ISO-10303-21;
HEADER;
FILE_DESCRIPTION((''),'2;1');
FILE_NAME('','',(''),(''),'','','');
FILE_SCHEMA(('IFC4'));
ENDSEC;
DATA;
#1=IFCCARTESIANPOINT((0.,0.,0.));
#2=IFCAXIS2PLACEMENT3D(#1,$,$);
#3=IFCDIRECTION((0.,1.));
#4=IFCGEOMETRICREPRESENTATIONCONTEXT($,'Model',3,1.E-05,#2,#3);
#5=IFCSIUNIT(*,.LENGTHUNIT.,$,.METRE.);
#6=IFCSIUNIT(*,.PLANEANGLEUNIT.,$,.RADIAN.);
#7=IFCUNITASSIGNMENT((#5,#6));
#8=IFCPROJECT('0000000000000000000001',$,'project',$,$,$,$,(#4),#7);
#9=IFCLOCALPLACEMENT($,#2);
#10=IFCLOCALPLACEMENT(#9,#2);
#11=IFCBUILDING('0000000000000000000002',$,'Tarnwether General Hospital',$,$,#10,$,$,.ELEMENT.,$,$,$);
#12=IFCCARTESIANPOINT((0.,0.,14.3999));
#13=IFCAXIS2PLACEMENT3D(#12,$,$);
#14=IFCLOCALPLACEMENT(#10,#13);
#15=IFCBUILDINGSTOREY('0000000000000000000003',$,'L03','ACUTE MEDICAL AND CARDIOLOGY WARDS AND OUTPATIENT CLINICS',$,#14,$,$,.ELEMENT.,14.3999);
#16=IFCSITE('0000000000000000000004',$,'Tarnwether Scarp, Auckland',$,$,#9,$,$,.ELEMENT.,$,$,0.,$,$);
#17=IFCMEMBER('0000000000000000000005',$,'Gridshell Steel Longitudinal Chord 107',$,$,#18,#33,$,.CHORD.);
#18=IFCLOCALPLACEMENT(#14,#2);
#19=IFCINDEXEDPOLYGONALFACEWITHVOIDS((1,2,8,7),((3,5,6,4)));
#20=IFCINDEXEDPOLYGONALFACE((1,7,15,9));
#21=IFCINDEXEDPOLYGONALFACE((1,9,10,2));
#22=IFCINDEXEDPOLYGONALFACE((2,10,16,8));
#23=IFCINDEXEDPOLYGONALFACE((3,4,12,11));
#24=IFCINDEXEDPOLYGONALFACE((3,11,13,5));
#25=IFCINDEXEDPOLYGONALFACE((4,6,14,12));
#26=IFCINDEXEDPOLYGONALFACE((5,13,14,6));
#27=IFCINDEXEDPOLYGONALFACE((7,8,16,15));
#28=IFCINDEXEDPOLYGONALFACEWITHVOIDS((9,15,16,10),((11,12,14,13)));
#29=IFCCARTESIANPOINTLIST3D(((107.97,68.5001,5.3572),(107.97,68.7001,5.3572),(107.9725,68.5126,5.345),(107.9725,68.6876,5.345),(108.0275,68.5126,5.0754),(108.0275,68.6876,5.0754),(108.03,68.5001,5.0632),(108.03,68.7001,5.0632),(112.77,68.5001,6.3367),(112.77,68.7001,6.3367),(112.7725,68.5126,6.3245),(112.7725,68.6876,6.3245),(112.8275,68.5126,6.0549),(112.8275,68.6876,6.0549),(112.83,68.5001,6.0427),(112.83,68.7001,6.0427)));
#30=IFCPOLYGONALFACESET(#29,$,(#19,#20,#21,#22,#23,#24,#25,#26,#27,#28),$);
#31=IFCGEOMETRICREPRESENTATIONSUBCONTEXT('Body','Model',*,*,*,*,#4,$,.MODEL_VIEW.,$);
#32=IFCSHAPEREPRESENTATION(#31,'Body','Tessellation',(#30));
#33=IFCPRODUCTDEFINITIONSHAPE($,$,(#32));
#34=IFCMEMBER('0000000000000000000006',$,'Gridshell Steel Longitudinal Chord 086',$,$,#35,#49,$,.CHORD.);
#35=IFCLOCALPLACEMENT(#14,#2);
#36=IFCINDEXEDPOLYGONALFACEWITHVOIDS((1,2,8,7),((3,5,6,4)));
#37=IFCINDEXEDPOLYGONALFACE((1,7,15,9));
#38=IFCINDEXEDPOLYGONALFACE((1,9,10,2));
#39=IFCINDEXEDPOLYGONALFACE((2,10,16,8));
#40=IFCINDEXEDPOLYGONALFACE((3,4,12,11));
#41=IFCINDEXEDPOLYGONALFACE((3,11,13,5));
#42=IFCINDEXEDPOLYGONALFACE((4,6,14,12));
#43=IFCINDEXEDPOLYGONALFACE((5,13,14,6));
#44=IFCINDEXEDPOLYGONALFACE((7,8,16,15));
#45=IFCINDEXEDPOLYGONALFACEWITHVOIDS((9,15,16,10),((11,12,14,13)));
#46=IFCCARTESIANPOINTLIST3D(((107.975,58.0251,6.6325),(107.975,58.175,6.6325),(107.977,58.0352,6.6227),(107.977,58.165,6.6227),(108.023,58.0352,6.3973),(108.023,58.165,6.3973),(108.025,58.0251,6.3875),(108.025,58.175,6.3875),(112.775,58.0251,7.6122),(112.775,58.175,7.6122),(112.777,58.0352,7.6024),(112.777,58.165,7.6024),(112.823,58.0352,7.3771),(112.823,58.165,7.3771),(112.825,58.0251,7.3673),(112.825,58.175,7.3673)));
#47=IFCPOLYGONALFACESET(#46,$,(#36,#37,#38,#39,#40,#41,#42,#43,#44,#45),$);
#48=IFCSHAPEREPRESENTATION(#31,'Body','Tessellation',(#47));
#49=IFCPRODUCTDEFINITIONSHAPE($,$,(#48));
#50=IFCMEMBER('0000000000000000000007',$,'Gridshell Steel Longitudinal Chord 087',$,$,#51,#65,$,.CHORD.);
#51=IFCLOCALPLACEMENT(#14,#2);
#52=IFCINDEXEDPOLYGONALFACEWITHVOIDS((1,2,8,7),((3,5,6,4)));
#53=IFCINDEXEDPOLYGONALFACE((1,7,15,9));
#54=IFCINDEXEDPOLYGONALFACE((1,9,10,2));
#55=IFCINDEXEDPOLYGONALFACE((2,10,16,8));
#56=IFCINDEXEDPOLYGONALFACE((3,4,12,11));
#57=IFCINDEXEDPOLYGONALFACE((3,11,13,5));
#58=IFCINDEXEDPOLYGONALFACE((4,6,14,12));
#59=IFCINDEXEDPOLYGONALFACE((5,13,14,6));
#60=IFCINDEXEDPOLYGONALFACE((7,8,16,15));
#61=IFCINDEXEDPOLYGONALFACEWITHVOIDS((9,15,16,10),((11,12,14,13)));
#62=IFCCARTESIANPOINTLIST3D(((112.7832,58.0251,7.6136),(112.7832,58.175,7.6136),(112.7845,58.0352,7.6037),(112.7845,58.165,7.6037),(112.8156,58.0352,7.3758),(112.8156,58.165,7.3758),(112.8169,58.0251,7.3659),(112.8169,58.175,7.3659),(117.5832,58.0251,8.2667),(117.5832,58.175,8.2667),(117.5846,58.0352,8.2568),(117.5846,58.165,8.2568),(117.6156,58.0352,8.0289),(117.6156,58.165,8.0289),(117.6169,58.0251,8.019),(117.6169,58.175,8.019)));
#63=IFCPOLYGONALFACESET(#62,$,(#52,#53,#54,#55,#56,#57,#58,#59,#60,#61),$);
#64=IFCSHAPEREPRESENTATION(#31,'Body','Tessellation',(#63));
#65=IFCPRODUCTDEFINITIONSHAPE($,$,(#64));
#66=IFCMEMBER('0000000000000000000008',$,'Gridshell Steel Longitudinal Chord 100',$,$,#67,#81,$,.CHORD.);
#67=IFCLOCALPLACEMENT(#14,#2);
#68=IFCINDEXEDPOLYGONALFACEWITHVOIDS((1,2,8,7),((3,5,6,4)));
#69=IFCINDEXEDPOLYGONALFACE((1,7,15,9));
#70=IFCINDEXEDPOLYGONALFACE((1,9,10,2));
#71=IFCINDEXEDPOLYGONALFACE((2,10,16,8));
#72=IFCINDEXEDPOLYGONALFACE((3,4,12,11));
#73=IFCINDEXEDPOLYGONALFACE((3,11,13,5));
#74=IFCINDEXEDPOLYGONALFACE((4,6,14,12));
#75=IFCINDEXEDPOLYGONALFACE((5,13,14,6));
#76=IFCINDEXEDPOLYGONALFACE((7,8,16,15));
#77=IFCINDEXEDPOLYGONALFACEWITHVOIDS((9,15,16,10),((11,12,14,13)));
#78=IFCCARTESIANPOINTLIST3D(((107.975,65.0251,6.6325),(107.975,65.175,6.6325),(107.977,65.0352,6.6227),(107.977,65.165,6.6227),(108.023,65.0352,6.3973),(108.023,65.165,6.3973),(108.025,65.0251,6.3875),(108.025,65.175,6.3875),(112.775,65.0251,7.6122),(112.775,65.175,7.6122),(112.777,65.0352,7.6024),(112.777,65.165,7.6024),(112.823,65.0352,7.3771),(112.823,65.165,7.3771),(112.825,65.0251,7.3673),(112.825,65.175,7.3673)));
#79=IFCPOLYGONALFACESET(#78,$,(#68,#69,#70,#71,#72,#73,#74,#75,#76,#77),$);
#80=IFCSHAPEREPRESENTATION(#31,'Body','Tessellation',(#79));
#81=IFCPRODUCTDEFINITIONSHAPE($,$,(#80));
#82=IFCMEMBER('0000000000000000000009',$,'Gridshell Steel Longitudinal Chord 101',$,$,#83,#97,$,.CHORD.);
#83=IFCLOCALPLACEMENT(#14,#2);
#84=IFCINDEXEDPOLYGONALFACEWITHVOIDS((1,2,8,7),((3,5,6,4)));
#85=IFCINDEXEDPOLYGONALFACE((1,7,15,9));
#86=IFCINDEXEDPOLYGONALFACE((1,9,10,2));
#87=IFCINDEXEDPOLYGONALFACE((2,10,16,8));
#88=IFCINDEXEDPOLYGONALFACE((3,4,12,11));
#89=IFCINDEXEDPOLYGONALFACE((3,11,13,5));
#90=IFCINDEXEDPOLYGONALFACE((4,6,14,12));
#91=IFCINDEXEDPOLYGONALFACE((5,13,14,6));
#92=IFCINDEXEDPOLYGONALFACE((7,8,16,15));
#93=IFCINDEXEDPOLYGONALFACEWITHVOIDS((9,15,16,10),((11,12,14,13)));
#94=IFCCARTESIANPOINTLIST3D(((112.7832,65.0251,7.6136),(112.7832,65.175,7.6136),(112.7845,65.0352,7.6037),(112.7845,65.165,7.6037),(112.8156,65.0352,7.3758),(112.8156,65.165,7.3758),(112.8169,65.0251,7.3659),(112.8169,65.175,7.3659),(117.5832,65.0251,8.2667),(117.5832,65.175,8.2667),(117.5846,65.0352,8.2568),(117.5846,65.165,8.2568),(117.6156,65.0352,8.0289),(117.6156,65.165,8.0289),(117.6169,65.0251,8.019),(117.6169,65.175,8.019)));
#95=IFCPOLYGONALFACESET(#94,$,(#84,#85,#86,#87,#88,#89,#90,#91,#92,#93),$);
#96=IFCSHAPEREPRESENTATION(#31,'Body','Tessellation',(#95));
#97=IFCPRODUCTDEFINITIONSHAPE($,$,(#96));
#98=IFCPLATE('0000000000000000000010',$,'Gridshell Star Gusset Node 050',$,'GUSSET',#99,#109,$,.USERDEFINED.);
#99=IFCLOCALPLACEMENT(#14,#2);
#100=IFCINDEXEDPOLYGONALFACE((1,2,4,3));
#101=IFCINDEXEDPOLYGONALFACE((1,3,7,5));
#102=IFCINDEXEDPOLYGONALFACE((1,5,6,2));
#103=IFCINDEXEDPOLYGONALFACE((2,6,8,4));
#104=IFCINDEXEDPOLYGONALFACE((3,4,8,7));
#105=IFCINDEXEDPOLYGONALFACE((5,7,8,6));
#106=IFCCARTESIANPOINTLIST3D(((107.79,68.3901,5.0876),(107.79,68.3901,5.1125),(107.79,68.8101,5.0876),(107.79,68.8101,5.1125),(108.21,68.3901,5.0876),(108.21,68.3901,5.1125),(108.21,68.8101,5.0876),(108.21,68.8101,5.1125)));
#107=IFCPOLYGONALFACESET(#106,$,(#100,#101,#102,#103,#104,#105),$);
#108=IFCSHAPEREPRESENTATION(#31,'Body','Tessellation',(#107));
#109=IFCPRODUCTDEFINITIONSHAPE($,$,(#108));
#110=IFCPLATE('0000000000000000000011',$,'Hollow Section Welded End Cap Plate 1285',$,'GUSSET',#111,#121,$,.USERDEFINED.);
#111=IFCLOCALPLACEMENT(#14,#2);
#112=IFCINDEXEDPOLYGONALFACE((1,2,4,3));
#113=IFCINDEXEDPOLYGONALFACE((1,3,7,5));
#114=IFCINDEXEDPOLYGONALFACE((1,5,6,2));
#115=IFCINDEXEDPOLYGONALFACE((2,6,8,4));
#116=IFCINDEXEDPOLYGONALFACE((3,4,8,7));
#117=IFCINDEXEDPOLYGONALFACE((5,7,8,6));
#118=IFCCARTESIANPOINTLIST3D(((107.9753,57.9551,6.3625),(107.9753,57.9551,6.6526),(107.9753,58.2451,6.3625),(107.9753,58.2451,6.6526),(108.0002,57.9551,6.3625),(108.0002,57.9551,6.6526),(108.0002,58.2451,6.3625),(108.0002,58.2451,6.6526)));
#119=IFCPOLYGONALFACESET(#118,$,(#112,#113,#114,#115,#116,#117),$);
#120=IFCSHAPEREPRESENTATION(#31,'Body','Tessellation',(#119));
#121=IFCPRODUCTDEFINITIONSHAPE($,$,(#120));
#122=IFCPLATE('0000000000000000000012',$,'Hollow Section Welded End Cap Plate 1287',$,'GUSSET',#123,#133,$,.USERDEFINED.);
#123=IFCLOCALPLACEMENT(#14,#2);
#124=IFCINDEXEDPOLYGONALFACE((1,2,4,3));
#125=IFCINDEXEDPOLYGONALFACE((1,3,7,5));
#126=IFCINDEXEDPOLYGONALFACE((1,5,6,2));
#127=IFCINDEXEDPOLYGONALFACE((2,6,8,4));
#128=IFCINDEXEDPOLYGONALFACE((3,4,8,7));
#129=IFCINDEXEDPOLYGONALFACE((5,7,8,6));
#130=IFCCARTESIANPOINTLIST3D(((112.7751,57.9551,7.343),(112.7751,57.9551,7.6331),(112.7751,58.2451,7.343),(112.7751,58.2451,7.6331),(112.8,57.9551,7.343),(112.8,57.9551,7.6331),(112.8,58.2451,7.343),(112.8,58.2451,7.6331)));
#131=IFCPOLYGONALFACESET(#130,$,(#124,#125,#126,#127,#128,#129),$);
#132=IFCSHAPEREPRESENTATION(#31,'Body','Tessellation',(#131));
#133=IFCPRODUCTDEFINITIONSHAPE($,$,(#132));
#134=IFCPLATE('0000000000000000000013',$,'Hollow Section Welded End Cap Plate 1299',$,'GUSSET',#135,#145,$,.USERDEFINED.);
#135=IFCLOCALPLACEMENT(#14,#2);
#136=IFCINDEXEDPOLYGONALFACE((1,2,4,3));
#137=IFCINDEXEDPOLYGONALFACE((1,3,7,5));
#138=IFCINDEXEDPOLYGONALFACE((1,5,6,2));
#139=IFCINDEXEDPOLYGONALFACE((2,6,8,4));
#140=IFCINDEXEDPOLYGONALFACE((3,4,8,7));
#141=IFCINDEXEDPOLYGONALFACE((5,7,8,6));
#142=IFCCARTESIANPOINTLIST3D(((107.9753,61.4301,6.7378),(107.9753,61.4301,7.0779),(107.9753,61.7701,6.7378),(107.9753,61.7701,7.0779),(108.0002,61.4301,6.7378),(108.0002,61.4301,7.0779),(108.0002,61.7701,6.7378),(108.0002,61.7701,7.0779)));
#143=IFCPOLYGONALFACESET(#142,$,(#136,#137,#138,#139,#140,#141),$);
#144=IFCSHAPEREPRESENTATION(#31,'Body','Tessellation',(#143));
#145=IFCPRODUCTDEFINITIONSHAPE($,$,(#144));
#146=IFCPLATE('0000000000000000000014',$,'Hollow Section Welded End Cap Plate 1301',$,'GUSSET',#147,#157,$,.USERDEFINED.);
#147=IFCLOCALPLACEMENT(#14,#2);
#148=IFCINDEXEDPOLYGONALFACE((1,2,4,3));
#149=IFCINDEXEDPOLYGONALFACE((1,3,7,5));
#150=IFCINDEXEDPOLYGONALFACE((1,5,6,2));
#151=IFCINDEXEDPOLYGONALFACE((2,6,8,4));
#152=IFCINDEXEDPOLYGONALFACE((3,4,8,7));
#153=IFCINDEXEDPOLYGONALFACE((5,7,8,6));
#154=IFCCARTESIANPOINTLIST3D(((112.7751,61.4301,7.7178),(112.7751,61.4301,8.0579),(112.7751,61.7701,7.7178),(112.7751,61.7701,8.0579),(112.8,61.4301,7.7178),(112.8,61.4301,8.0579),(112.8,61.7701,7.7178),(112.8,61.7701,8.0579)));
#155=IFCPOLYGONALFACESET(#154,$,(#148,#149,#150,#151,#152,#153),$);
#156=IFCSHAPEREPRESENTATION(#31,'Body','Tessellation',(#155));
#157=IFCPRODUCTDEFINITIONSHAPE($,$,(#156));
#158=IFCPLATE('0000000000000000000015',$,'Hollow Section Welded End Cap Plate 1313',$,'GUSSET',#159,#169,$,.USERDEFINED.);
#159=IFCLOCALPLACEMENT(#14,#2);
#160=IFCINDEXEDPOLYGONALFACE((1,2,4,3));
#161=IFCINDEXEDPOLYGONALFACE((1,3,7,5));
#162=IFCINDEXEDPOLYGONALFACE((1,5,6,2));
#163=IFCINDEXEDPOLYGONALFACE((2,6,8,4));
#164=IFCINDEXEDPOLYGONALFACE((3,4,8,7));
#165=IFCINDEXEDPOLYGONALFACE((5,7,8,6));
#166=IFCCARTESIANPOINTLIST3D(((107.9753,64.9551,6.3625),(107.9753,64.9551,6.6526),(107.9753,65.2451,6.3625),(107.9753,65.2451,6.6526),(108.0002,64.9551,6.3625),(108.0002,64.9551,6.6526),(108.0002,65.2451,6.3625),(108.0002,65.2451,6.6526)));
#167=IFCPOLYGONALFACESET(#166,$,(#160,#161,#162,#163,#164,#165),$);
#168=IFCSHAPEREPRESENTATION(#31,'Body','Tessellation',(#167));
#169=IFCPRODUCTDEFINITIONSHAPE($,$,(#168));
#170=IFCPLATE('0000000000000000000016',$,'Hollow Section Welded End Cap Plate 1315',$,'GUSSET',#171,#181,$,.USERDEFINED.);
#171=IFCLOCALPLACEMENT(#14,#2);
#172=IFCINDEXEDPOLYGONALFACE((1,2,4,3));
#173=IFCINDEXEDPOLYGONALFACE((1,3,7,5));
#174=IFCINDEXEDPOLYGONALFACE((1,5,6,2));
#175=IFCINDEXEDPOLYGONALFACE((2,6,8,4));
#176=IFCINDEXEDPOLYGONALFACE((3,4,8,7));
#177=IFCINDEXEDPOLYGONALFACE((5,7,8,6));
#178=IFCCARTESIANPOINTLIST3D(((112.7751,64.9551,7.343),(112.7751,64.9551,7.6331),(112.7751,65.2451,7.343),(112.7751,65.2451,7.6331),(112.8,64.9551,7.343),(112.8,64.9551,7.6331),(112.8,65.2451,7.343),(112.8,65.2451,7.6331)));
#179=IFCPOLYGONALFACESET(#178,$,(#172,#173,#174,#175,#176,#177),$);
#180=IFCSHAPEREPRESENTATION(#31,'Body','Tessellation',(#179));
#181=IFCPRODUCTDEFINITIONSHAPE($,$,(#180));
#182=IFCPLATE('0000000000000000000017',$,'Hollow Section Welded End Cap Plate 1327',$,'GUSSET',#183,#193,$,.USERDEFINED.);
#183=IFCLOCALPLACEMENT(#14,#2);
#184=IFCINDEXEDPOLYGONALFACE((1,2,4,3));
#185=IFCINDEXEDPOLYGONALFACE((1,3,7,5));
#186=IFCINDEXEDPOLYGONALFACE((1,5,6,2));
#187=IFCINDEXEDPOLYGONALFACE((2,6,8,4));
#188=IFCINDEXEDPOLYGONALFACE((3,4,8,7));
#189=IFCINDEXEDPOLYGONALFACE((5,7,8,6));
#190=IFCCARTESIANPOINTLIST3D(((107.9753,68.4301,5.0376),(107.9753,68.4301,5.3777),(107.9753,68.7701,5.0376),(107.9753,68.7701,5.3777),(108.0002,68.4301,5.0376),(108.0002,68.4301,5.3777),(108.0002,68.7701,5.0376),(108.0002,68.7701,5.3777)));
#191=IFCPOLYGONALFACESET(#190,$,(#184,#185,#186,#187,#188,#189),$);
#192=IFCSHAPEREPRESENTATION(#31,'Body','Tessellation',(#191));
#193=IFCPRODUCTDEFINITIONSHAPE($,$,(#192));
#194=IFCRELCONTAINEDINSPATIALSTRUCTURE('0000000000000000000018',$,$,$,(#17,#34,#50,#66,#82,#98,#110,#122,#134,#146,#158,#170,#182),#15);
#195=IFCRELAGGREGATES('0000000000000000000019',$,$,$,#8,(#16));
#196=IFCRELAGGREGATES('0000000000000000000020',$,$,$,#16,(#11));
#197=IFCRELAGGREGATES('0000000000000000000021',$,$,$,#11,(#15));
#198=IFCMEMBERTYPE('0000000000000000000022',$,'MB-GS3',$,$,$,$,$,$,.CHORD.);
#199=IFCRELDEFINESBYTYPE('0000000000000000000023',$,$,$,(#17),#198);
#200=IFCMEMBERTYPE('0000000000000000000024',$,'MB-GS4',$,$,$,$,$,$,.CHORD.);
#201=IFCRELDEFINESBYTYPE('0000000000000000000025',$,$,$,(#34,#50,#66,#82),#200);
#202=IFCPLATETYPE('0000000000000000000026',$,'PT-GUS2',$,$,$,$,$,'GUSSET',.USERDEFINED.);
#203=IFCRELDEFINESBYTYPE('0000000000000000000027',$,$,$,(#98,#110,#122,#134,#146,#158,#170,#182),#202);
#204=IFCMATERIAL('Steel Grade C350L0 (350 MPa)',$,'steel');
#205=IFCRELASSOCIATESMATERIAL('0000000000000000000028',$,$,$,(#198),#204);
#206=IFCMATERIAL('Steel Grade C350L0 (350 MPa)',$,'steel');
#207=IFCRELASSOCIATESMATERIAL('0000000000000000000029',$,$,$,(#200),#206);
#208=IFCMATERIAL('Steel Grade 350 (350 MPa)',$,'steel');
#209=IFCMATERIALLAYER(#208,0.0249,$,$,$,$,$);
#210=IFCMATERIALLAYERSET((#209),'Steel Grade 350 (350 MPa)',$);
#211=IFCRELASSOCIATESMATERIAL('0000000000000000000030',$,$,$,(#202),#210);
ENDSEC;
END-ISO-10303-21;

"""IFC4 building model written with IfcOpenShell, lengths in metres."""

from ifc_helpers import new_model, si_unit, direction, frame, origin, origin_2d, place, context, subcontext, project, spatial, rectangle, hollow_rectangle, extrude, material, layer, layer_set, material_profile, profile_set, type_object, element, save


model = new_model("IFC4")

# Units and contexts
model_context = context("Model", 3, precision=1e-05, world=origin(), true_north=direction((0.0, 1.0)))
body_context = subcontext(model_context, "Body", "Model", "MODEL_VIEW")
ifc_project = project(units=[si_unit("LENGTHUNIT", "METRE"), si_unit("PLANEANGLEUNIT", "RADIAN")], contexts=[model_context])

# Site, building, storey
site_placement = place(None, origin())
site = spatial("IfcSite", under=ifc_project, at=site_placement, Name="Tarnwether Scarp, Auckland", CompositionType="ELEMENT", RefElevation=0.0)
building_placement = place(site_placement, origin())
building = spatial("IfcBuilding", under=site, at=building_placement, Name="Tarnwether General Hospital", CompositionType="ELEMENT")
storey_placement = place(building_placement, frame((0.0, 0.0, 14.3999)))
storey = spatial("IfcBuildingStorey", under=building, at=storey_placement, Name="L03", Description="ACUTE MEDICAL AND CARDIOLOGY WARDS AND OUTPATIENT CLINICS", CompositionType="ELEMENT", Elevation=14.3999)

# Members
ifc_material_1 = material(Name="Steel Grade C350L0 (350 MPa)", Category="steel")
ifc_material_profile_1 = material_profile(ifc_material_1, hollow_rectangle(XDim=0.2, YDim=0.3, WallThickness=0.0125, at=origin_2d()), Name="RHS300x200x12.5")
ifc_profile_set_1 = profile_set([ifc_material_profile_1], Name="Steel Grade C350L0 (350 MPa)")
member_type_1 = type_object("IfcMemberType", Name="MB-GS3", PredefinedType="CHORD", material=ifc_profile_set_1)
member_1_placement = place(storey_placement, frame((108.0, 68.6001, 5.2102), z_axis=(0.979808, 0.0, 0.199939), x_axis=(0.0, 1.0, 0.0)))
element("IfcMember", 1, at=member_1_placement, inside=storey, type_object=member_type_1, Name="Gridshell Steel Longitudinal Chord 107", PredefinedType="CHORD", context=body_context, shape_type="SweptSolid", body=[
    extrude(hollow_rectangle(XDim=0.2, YDim=0.3, WallThickness=0.0125, at=origin_2d()), origin(), (0.0, 0.0, 1.0), 4.8989),
])
ifc_material_2 = material(Name="Steel Grade C350L0 (350 MPa)", Category="steel")
ifc_material_profile_2 = material_profile(ifc_material_2, hollow_rectangle(XDim=0.1499, YDim=0.25, WallThickness=0.01, at=origin_2d()), Name="RHS250x150x10")
ifc_profile_set_2 = profile_set([ifc_material_profile_2], Name="Steel Grade C350L0 (350 MPa)")
member_type_2 = type_object("IfcMemberType", Name="MB-GS4", PredefinedType="CHORD", material=ifc_profile_set_2)
member_2_placement = place(storey_placement, frame((108.0, 58.1001, 6.51), z_axis=(0.979799, 0.0, 0.199986), x_axis=(0.0, 1.0, 0.0)))
element("IfcMember", 2, at=member_2_placement, inside=storey, type_object=member_type_2, Name="Gridshell Steel Longitudinal Chord 086", PredefinedType="CHORD", context=body_context, shape_type="SweptSolid", body=[
    extrude(hollow_rectangle(XDim=0.1499, YDim=0.25, WallThickness=0.01, at=origin_2d()), origin(), (0.0, 0.0, 1.0), 4.8989),
])
member_3_placement = place(storey_placement, frame((112.8, 58.1001, 7.4897), z_axis=(0.990871, 0.0, 0.134814), x_axis=(0.0, 1.0, 0.0)))
element("IfcMember", 3, at=member_3_placement, inside=storey, type_object=member_type_2, Name="Gridshell Steel Longitudinal Chord 087", PredefinedType="CHORD", context=body_context, shape_type="SweptSolid", body=[
    extrude(hollow_rectangle(XDim=0.1499, YDim=0.25, WallThickness=0.01, at=origin_2d()), origin(), (0.0, 0.0, 1.0), 4.8442),
])
member_4_placement = place(storey_placement, frame((108.0, 65.1001, 6.51), z_axis=(0.979799, 0.0, 0.199986), x_axis=(0.0, 1.0, 0.0)))
element("IfcMember", 4, at=member_4_placement, inside=storey, type_object=member_type_2, Name="Gridshell Steel Longitudinal Chord 100", PredefinedType="CHORD", context=body_context, shape_type="SweptSolid", body=[
    extrude(hollow_rectangle(XDim=0.1499, YDim=0.25, WallThickness=0.01, at=origin_2d()), origin(), (0.0, 0.0, 1.0), 4.8989),
])
member_5_placement = place(storey_placement, frame((112.8, 65.1001, 7.4897), z_axis=(0.990871, 0.0, 0.134814), x_axis=(0.0, 1.0, 0.0)))
element("IfcMember", 5, at=member_5_placement, inside=storey, type_object=member_type_2, Name="Gridshell Steel Longitudinal Chord 101", PredefinedType="CHORD", context=body_context, shape_type="SweptSolid", body=[
    extrude(hollow_rectangle(XDim=0.1499, YDim=0.25, WallThickness=0.01, at=origin_2d()), origin(), (0.0, 0.0, 1.0), 4.8442),
])

# Plates
ifc_material_3 = material(Name="Steel Grade 350 (350 MPa)", Category="steel")
ifc_layer_1 = layer(ifc_material_3, 0.0249)
ifc_layer_set_1 = layer_set([ifc_layer_1], Name="Steel Grade 350 (350 MPa)")
plate_type = type_object("IfcPlateType", Name="PT-GUS2", ElementType="GUSSET", PredefinedType="USERDEFINED", material=ifc_layer_set_1)
plate_1_placement = place(storey_placement, frame((108.0, 68.6001, 5.0876), z_axis=(0.0, 0.0, 1.0), x_axis=(1.0, 0.0, 0.0)))
element("IfcPlate", 6, at=plate_1_placement, inside=storey, type_object=plate_type, Name="Gridshell Star Gusset Node 050", ObjectType="GUSSET", PredefinedType="USERDEFINED", context=body_context, shape_type="SweptSolid", body=[
    extrude(rectangle(XDim=0.4199, YDim=0.4199, at=origin_2d()), origin(), (0.0, 0.0, 1.0), 0.0249),
])
for number, where, z_axis, x_axis, name in (
    (7, (107.9878, 58.1001, 6.3625), (0.0, 0.0, 1.0), (1.0, 0.0, 0.0), "Hollow Section Welded End Cap Plate 1285"),
    (8, (112.7876, 58.1001, 7.343), (0.0, 0.0, 1.0), (1.0, 0.0, 0.0), "Hollow Section Welded End Cap Plate 1287"),
):
    element("IfcPlate", number, at=place(storey_placement, frame(where, z_axis=z_axis, x_axis=x_axis)), inside=storey, type_object=plate_type, Name=name, ObjectType="GUSSET", PredefinedType="USERDEFINED", context=body_context, shape_type="SweptSolid", body=[
        extrude(rectangle(XDim=0.0249, YDim=0.29, at=origin_2d()), origin(), (0.0, 0.0, 1.0), 0.29),
    ])
for number, where, z_axis, x_axis, name in (
    (9, (107.9878, 61.6001, 6.7378), (0.0, 0.0, 1.0), (1.0, 0.0, 0.0), "Hollow Section Welded End Cap Plate 1299"),
    (10, (112.7876, 61.6001, 7.7178), (0.0, 0.0, 1.0), (1.0, 0.0, 0.0), "Hollow Section Welded End Cap Plate 1301"),
):
    element("IfcPlate", number, at=place(storey_placement, frame(where, z_axis=z_axis, x_axis=x_axis)), inside=storey, type_object=plate_type, Name=name, ObjectType="GUSSET", PredefinedType="USERDEFINED", context=body_context, shape_type="SweptSolid", body=[
        extrude(rectangle(XDim=0.0249, YDim=0.3401, at=origin_2d()), origin(), (0.0, 0.0, 1.0), 0.3401),
    ])
for number, where, z_axis, x_axis, name in (
    (11, (107.9878, 65.1001, 6.3625), (0.0, 0.0, 1.0), (1.0, 0.0, 0.0), "Hollow Section Welded End Cap Plate 1313"),
    (12, (112.7876, 65.1001, 7.343), (0.0, 0.0, 1.0), (1.0, 0.0, 0.0), "Hollow Section Welded End Cap Plate 1315"),
):
    element("IfcPlate", number, at=place(storey_placement, frame(where, z_axis=z_axis, x_axis=x_axis)), inside=storey, type_object=plate_type, Name=name, ObjectType="GUSSET", PredefinedType="USERDEFINED", context=body_context, shape_type="SweptSolid", body=[
        extrude(rectangle(XDim=0.0249, YDim=0.29, at=origin_2d()), origin(), (0.0, 0.0, 1.0), 0.29),
    ])
plate_2_placement = place(storey_placement, frame((107.9878, 68.6001, 5.0376), z_axis=(0.0, 0.0, 1.0), x_axis=(1.0, 0.0, 0.0)))
element("IfcPlate", 13, at=plate_2_placement, inside=storey, type_object=plate_type, Name="Hollow Section Welded End Cap Plate 1327", ObjectType="GUSSET", PredefinedType="USERDEFINED", context=body_context, shape_type="SweptSolid", body=[
    extrude(rectangle(XDim=0.0249, YDim=0.3401, at=origin_2d()), origin(), (0.0, 0.0, 1.0), 0.3401),
])

save(model, "model.ifc")
